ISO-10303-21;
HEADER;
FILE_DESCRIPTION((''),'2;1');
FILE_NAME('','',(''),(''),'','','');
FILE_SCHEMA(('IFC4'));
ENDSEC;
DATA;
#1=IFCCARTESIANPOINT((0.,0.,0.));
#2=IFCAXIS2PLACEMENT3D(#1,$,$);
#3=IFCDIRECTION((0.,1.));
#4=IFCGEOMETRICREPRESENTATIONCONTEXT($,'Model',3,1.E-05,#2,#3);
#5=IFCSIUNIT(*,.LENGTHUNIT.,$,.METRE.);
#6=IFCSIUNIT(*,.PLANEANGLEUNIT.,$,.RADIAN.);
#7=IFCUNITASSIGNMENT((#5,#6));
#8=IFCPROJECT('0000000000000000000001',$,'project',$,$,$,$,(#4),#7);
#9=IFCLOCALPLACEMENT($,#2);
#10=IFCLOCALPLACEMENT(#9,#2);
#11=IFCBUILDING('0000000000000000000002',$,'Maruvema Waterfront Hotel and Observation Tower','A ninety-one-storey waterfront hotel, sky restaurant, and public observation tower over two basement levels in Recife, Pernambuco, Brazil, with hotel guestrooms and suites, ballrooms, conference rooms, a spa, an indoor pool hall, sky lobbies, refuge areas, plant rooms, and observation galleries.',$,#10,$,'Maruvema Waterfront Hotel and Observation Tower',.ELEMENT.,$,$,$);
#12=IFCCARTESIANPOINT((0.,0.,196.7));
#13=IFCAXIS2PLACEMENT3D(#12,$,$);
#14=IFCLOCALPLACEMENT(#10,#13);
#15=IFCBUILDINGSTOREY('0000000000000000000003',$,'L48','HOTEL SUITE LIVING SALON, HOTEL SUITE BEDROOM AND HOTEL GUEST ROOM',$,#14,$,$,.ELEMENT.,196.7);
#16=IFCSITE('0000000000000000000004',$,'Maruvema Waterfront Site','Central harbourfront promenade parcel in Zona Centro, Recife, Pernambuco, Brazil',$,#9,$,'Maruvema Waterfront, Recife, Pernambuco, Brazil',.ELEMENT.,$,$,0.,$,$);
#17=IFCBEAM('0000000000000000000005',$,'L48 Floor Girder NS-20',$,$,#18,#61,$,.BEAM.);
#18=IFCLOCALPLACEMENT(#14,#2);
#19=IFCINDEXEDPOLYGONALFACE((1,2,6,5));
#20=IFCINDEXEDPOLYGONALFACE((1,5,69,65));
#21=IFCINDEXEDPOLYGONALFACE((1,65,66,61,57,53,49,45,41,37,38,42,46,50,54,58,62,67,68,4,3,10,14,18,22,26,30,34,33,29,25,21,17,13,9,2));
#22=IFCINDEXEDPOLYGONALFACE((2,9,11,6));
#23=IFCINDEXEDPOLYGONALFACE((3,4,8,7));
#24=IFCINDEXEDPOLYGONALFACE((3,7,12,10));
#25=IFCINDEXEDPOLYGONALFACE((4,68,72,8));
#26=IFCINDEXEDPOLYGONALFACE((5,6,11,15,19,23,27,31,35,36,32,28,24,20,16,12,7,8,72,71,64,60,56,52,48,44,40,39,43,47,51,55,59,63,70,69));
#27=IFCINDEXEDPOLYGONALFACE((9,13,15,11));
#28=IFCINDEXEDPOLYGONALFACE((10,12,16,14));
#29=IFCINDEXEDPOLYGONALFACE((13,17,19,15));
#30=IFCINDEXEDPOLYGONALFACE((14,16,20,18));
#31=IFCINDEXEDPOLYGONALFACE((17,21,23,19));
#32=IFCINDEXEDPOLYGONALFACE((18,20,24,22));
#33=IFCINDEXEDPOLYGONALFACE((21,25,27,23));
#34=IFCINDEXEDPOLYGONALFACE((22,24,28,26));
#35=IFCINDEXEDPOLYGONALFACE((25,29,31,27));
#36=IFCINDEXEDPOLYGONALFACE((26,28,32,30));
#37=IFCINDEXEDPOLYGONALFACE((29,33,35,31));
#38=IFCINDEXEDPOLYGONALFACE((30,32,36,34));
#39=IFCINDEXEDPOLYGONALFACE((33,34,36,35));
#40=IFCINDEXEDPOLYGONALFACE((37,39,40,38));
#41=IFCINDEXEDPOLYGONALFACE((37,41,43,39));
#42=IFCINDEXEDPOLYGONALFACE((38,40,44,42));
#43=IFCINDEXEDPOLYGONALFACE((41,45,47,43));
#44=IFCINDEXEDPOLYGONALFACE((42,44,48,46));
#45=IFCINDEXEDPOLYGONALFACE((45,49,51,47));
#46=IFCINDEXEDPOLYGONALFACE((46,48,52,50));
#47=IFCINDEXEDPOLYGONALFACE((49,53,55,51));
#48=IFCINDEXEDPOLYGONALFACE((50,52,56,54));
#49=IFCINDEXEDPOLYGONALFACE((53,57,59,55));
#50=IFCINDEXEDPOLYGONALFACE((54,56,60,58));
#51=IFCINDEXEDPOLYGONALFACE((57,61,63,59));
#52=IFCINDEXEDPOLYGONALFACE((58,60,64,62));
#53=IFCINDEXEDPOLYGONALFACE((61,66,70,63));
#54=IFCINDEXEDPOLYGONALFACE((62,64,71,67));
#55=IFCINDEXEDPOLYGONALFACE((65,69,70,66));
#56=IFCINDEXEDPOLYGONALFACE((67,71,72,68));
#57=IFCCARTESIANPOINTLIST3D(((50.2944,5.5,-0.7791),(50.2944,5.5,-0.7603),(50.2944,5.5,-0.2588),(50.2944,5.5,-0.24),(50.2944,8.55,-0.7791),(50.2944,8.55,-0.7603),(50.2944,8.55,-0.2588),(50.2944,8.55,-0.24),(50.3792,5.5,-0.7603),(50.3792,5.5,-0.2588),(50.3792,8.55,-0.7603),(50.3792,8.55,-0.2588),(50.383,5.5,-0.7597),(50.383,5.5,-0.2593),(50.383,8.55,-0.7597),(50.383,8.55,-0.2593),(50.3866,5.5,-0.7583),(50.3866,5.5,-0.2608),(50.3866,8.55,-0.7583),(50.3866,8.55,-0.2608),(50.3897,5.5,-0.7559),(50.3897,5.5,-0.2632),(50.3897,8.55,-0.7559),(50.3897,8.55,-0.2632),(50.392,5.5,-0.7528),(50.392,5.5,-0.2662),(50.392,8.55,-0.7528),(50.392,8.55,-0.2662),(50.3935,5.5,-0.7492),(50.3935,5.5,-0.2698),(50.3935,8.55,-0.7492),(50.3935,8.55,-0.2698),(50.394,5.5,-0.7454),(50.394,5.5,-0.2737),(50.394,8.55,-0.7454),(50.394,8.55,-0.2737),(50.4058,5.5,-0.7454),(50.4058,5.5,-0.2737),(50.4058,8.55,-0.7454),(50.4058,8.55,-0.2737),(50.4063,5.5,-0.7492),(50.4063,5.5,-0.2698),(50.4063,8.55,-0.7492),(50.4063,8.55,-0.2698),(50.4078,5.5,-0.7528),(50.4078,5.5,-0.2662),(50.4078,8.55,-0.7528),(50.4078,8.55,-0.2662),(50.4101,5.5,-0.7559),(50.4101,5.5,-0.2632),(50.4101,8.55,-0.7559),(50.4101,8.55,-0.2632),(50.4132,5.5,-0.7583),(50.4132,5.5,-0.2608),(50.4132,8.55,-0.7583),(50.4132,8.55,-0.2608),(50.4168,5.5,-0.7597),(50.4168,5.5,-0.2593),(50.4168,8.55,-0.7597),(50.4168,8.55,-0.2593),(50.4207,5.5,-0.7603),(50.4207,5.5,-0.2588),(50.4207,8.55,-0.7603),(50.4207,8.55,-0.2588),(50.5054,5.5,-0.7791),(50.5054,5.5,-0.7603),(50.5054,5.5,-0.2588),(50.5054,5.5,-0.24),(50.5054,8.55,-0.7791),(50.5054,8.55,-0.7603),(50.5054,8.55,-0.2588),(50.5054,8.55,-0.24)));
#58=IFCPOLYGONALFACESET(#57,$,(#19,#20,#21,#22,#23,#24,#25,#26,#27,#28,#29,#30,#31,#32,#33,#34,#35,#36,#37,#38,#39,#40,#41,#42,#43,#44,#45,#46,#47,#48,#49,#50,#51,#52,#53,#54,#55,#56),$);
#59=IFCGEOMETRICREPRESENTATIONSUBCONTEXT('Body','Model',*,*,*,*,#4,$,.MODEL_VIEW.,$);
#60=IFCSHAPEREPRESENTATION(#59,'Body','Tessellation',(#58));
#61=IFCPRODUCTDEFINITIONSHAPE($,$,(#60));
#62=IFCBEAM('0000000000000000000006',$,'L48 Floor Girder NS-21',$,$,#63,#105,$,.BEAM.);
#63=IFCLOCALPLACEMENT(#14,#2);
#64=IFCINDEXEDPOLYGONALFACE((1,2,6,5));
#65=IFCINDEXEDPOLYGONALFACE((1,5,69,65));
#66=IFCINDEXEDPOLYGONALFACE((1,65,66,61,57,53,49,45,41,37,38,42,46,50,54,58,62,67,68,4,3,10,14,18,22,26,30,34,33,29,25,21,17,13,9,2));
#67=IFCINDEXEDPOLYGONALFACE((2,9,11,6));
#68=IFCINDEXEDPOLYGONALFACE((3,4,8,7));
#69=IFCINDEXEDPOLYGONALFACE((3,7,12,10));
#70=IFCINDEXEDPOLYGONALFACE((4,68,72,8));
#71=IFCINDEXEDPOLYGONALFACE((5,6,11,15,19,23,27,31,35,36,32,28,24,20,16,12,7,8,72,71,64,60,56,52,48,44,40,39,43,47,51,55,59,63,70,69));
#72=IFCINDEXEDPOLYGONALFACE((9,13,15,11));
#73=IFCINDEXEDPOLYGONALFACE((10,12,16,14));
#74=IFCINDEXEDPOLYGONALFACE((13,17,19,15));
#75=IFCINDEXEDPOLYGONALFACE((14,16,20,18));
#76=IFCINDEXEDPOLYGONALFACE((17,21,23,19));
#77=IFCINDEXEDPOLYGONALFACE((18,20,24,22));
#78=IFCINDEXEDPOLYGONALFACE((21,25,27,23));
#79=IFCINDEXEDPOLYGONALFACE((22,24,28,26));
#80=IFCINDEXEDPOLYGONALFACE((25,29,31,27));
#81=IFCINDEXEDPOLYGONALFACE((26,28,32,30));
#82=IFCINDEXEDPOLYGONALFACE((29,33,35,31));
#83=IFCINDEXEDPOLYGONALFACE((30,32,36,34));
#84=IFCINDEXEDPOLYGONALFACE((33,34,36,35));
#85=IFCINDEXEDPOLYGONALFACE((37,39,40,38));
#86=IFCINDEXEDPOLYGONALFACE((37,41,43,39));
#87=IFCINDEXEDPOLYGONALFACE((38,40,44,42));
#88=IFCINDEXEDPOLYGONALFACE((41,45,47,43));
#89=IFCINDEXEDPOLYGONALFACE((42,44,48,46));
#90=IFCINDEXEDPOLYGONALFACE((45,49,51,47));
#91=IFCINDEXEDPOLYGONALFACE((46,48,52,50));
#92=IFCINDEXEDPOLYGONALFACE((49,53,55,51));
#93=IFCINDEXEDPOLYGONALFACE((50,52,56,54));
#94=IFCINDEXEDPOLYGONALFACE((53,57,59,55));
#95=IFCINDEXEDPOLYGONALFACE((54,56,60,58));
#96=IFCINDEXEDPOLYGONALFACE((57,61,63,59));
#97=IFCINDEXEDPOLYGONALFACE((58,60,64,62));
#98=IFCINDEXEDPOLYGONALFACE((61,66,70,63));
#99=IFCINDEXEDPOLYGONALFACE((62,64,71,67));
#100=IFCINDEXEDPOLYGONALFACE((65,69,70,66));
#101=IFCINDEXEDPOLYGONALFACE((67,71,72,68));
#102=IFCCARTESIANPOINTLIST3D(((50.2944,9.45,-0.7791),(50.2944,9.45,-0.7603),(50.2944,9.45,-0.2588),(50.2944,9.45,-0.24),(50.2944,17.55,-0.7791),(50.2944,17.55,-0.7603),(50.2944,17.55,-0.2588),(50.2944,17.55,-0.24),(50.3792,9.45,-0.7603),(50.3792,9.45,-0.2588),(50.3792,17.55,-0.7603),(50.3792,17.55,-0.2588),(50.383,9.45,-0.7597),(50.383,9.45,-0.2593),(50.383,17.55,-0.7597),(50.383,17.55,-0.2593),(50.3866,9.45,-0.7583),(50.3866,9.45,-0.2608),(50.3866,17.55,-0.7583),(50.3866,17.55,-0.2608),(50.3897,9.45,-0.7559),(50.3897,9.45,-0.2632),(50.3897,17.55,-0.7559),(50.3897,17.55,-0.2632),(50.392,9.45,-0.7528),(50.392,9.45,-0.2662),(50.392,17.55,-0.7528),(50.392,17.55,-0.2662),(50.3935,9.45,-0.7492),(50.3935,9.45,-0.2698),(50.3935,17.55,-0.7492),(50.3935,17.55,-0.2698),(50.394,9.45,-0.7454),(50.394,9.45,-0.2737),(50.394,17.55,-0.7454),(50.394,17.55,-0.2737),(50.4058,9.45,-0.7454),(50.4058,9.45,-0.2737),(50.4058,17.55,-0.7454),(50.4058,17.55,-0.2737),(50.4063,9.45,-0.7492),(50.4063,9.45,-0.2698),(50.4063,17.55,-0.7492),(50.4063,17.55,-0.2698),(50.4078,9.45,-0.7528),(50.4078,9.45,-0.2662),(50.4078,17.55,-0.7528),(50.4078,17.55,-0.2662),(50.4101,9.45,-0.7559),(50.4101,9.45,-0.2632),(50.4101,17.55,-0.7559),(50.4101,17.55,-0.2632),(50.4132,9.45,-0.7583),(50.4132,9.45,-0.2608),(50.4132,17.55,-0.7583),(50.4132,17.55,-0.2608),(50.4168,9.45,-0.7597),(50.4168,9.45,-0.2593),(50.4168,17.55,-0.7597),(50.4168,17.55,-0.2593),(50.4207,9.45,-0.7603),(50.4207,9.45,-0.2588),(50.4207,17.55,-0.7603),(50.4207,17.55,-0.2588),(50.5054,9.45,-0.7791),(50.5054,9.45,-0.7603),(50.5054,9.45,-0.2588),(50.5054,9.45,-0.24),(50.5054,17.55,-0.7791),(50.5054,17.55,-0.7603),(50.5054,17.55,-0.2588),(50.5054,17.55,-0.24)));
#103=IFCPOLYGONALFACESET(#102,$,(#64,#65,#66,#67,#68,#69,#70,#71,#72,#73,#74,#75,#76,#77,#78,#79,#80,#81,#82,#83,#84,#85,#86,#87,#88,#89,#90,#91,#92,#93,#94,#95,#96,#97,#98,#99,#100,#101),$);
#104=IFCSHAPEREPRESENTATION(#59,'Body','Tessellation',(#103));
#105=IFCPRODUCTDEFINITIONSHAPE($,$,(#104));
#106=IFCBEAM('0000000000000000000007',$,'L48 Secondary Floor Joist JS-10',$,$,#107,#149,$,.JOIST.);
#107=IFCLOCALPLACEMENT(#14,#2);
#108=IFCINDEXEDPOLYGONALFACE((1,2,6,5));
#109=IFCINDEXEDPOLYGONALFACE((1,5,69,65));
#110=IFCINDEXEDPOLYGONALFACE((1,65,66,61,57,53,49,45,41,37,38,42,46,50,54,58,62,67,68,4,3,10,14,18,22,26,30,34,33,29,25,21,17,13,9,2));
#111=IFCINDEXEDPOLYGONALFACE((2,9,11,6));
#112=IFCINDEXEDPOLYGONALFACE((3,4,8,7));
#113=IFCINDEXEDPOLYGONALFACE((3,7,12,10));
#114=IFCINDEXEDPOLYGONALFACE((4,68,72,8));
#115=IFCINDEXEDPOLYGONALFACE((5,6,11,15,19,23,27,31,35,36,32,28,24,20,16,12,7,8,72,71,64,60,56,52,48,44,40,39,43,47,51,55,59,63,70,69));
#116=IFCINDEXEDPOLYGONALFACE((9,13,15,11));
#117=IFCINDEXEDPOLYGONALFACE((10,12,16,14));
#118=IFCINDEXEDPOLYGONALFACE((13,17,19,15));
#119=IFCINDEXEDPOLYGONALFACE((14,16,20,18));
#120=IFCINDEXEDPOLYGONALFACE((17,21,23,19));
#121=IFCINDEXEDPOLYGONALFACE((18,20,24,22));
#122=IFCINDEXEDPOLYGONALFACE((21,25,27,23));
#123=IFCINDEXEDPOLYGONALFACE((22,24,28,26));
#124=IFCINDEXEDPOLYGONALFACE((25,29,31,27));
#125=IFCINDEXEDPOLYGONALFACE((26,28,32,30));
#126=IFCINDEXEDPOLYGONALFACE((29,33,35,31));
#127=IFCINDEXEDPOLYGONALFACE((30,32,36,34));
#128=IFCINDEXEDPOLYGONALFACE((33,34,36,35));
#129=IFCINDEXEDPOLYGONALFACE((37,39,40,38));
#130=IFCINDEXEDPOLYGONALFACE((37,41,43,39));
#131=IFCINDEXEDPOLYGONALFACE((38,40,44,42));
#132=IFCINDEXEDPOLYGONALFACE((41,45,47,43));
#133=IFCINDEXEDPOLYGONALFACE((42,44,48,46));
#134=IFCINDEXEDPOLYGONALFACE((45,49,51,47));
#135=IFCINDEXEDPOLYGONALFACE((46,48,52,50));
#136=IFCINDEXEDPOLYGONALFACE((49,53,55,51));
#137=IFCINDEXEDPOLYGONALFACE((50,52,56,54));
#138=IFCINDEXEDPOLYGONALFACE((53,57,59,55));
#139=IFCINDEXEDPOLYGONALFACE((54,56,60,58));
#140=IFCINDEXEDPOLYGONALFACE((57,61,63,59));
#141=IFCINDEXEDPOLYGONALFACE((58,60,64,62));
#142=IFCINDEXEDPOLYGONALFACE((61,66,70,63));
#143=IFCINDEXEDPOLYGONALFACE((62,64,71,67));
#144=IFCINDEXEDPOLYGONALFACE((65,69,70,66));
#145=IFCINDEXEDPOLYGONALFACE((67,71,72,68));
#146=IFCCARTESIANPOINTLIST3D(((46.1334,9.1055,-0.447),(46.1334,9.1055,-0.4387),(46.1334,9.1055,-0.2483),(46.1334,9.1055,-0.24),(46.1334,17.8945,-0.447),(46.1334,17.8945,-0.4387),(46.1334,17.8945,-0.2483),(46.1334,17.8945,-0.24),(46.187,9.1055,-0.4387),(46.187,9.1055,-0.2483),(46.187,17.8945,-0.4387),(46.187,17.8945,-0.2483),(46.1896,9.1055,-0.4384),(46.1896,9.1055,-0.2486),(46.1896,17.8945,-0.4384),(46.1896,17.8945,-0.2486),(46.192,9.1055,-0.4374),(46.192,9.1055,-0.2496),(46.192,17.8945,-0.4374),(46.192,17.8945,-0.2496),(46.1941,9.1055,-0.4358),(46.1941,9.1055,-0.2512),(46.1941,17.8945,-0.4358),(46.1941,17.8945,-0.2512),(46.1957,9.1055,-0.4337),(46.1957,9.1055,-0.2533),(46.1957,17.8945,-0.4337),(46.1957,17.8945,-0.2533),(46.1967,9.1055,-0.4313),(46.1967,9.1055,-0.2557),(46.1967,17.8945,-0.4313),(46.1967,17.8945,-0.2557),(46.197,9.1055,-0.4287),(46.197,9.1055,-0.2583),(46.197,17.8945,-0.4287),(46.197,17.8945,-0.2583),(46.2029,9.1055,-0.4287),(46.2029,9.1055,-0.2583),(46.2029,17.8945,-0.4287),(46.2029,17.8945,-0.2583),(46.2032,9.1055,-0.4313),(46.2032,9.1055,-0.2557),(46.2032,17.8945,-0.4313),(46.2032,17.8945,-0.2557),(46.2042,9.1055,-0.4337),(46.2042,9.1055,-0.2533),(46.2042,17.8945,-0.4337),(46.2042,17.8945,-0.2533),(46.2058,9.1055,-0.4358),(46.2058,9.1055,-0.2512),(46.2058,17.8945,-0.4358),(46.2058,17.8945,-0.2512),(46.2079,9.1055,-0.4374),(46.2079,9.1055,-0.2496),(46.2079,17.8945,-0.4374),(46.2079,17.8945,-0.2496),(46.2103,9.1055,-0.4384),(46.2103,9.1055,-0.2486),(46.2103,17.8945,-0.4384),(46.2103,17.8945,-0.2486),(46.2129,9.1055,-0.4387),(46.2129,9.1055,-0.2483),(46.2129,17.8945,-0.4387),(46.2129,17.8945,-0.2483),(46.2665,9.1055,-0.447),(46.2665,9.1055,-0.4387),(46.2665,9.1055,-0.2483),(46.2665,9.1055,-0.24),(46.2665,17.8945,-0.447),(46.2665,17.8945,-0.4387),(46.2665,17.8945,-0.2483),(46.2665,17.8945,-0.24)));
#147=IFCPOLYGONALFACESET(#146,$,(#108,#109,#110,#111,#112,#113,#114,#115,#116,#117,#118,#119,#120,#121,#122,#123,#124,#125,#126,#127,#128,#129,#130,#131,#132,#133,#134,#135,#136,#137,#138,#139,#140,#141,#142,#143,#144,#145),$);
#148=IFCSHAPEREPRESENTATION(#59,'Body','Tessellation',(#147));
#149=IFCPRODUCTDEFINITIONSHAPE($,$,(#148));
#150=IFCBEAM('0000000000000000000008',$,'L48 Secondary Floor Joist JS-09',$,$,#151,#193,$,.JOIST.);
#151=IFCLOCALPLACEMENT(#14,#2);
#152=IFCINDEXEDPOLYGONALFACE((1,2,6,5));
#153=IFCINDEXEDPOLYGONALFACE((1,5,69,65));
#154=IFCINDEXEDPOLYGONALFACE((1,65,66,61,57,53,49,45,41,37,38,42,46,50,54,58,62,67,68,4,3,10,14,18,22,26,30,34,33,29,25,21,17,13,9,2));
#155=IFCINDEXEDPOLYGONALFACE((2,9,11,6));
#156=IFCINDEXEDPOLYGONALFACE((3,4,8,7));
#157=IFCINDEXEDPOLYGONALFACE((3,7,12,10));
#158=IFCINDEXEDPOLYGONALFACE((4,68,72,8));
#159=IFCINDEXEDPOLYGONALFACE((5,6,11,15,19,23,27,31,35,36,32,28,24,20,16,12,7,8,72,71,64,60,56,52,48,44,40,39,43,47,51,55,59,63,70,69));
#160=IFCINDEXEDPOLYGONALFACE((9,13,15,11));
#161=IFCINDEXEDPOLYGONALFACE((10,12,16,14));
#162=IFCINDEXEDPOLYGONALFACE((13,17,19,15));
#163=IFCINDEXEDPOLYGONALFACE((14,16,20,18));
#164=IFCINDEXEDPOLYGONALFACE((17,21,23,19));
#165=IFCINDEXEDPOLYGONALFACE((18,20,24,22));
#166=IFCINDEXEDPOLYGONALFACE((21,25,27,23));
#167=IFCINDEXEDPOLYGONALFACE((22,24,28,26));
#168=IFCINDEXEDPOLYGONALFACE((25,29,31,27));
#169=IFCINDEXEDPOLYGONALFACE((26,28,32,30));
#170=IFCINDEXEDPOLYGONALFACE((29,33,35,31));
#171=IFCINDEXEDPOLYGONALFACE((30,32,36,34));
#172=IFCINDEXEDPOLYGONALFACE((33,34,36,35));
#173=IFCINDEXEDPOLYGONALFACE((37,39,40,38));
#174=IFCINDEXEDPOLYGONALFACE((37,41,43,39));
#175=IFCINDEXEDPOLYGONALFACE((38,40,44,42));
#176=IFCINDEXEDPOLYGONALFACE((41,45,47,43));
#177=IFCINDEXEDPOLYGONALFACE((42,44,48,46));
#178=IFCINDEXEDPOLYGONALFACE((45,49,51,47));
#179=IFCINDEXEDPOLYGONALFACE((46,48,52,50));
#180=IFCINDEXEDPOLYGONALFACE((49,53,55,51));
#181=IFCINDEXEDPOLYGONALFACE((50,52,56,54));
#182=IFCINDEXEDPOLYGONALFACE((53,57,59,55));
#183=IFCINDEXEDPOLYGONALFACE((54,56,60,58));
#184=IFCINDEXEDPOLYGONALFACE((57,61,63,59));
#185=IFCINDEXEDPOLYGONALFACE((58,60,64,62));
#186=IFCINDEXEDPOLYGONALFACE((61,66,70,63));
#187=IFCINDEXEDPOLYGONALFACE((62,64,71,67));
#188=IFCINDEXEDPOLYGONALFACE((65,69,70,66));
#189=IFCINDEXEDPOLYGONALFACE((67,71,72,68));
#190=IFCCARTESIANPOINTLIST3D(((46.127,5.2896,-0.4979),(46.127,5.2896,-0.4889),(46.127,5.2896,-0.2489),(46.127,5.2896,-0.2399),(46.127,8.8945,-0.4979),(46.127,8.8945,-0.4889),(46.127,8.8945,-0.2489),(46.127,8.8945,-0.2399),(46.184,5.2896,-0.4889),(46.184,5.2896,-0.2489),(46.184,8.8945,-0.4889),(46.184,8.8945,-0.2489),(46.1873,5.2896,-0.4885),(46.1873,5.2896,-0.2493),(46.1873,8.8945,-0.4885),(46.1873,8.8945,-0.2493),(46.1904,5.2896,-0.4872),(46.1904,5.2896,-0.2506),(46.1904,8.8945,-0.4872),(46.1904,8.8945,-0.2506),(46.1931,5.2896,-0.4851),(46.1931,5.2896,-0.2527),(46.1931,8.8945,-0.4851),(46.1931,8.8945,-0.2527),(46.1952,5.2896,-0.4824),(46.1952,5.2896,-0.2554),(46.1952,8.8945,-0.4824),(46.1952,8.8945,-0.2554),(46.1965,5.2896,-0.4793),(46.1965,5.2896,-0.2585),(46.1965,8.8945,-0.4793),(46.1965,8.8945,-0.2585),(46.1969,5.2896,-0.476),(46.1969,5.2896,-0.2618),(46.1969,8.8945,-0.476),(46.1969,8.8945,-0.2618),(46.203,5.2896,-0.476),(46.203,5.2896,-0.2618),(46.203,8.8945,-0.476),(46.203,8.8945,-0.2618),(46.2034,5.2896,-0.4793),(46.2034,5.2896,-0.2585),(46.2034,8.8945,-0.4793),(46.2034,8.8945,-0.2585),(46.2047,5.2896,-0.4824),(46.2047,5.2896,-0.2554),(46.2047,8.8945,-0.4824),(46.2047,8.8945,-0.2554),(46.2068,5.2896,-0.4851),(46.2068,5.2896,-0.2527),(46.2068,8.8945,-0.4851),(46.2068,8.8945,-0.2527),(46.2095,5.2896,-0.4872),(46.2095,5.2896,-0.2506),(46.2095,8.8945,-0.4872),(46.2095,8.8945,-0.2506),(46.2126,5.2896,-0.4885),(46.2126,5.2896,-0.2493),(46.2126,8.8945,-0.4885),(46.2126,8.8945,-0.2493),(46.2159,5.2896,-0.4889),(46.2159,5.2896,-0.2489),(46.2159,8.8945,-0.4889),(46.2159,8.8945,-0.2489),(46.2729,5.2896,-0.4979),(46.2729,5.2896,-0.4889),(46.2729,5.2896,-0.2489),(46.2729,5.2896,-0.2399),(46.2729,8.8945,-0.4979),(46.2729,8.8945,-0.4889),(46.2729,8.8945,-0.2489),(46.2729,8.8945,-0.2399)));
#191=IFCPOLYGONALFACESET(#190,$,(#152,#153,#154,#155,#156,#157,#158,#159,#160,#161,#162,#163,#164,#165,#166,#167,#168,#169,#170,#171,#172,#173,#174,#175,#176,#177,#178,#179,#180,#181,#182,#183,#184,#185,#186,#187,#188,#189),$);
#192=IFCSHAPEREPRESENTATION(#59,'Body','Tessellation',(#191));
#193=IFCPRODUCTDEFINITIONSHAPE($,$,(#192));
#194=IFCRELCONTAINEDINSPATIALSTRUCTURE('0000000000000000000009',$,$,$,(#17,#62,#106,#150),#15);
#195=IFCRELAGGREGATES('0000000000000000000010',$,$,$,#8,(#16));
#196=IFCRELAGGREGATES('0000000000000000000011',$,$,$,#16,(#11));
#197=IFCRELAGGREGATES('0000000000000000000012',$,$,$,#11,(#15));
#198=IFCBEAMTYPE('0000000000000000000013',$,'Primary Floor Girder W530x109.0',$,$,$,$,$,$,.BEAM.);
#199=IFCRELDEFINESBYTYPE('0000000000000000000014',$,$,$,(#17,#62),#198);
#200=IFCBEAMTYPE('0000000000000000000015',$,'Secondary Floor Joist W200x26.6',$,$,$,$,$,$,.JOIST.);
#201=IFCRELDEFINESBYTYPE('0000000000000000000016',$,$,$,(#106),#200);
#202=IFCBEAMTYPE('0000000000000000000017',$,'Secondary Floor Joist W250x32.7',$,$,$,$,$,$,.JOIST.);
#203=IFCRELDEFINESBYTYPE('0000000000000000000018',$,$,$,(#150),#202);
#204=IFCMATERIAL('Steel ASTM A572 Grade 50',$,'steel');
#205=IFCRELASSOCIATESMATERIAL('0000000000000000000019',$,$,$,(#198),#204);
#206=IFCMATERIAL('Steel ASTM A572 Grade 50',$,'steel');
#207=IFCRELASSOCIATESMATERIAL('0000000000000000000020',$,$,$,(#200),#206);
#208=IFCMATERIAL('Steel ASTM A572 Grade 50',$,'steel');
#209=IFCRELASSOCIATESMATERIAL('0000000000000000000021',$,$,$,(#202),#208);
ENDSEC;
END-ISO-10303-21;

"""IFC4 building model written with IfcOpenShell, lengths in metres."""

from ifc_helpers import new_model, si_unit, direction, frame, origin, origin_2d, place, context, subcontext, project, spatial, i_section, extrude, material, material_profile, profile_set, type_object, element, save


model = new_model("IFC4")

# Units and contexts
model_context = context("Model", 3, precision=1e-05, world=origin(), true_north=direction((0.0, 1.0)))
body_context = subcontext(model_context, "Body", "Model", "MODEL_VIEW")
ifc_project = project(units=[si_unit("LENGTHUNIT", "METRE"), si_unit("PLANEANGLEUNIT", "RADIAN")], contexts=[model_context])

# Site, building, storey
site_placement = place(None, origin())
site = spatial("IfcSite", under=ifc_project, at=site_placement, Name="Maruvema Waterfront Site", Description="Central harbourfront promenade parcel in Zona Centro, Recife, Pernambuco, Brazil", LongName="Maruvema Waterfront, Recife, Pernambuco, Brazil", CompositionType="ELEMENT", RefElevation=0.0)
building_placement = place(site_placement, origin())
building = spatial("IfcBuilding", under=site, at=building_placement, Name="Maruvema Waterfront Hotel and Observation Tower", Description="A ninety-one-storey waterfront hotel, sky restaurant, and public observation tower over two basement levels in Recife, Pernambuco, Brazil, with hotel guestrooms and suites, ballrooms, conference rooms, a spa, an indoor pool hall, sky lobbies, refuge areas, plant rooms, and observation galleries.", LongName="Maruvema Waterfront Hotel and Observation Tower", CompositionType="ELEMENT")
storey_placement = place(building_placement, frame((0.0, 0.0, 196.7)))
storey = spatial("IfcBuildingStorey", under=building, at=storey_placement, Name="L48", Description="HOTEL SUITE LIVING SALON, HOTEL SUITE BEDROOM AND HOTEL GUEST ROOM", CompositionType="ELEMENT", Elevation=196.7)

# Beams
ifc_material_1 = material(Name="Steel ASTM A572 Grade 50", Category="steel")
ifc_material_profile_1 = material_profile(ifc_material_1, i_section(OverallWidth=0.2109, OverallDepth=0.5391, WebThickness=0.0117, FlangeThickness=0.0188, FilletRadius=0.0149, at=origin_2d()), Name="W530x109.0")
ifc_profile_set_1 = profile_set([ifc_material_profile_1], Name="Steel ASTM A572 Grade 50")
beam_type_1 = type_object("IfcBeamType", Name="Primary Floor Girder W530x109.0", PredefinedType="BEAM", material=ifc_profile_set_1)
beam_1_placement = place(storey_placement, frame((50.3999, 5.5, -0.5095), z_axis=(0.0, 1.0, 0.0), x_axis=(-1.0, 0.0, 0.0)))
element("IfcBeam", 1, at=beam_1_placement, inside=storey, type_object=beam_type_1, Name="L48 Floor Girder NS-20", PredefinedType="BEAM", context=body_context, shape_type="SweptSolid", body=[
    extrude(i_section(OverallWidth=0.2109, OverallDepth=0.5391, WebThickness=0.0117, FlangeThickness=0.0188, FilletRadius=0.0149, at=origin_2d()), origin(), (0.0, 0.0, 1.0), 3.05),
])
beam_2_placement = place(storey_placement, frame((50.3999, 9.45, -0.5095), z_axis=(0.0, 1.0, 0.0), x_axis=(-1.0, 0.0, 0.0)))
element("IfcBeam", 2, at=beam_2_placement, inside=storey, type_object=beam_type_1, Name="L48 Floor Girder NS-21", PredefinedType="BEAM", context=body_context, shape_type="SweptSolid", body=[
    extrude(i_section(OverallWidth=0.2109, OverallDepth=0.5391, WebThickness=0.0117, FlangeThickness=0.0188, FilletRadius=0.0149, at=origin_2d()), origin(), (0.0, 0.0, 1.0), 8.1001),
])
ifc_material_2 = material(Name="Steel ASTM A572 Grade 50", Category="steel")
ifc_material_profile_2 = material_profile(ifc_material_2, i_section(OverallWidth=0.1331, OverallDepth=0.207, WebThickness=0.0059, FlangeThickness=0.0083, FilletRadius=0.01, at=origin_2d()), Name="W200x26.6")
ifc_profile_set_2 = profile_set([ifc_material_profile_2], Name="Steel ASTM A572 Grade 50")
beam_type_2 = type_object("IfcBeamType", Name="Secondary Floor Joist W200x26.6", PredefinedType="JOIST", material=ifc_profile_set_2)
beam_3_placement = place(storey_placement, frame((46.2, 9.1055, -0.3435), z_axis=(0.0, 1.0, 0.0), x_axis=(-1.0, 0.0, 0.0)))
element("IfcBeam", 3, at=beam_3_placement, inside=storey, type_object=beam_type_2, Name="L48 Secondary Floor Joist JS-10", PredefinedType="JOIST", context=body_context, shape_type="SweptSolid", body=[
    extrude(i_section(OverallWidth=0.1331, OverallDepth=0.207, WebThickness=0.0059, FlangeThickness=0.0083, FilletRadius=0.01, at=origin_2d()), origin(), (0.0, 0.0, 1.0), 8.7891),
])
ifc_material_3 = material(Name="Steel ASTM A572 Grade 50", Category="steel")
ifc_material_profile_3 = material_profile(ifc_material_3, i_section(OverallWidth=0.146, OverallDepth=0.2581, WebThickness=0.0061, FlangeThickness=0.009, FilletRadius=0.0129, at=origin_2d()), Name="W250x32.7")
ifc_profile_set_3 = profile_set([ifc_material_profile_3], Name="Steel ASTM A572 Grade 50")
beam_type_3 = type_object("IfcBeamType", Name="Secondary Floor Joist W250x32.7", PredefinedType="JOIST", material=ifc_profile_set_3)
beam_4_placement = place(storey_placement, frame((46.2, 5.2896, -0.3689), z_axis=(0.0, 1.0, 0.0), x_axis=(-1.0, 0.0, 0.0)))
element("IfcBeam", 4, at=beam_4_placement, inside=storey, type_object=beam_type_3, Name="L48 Secondary Floor Joist JS-09", PredefinedType="JOIST", context=body_context, shape_type="SweptSolid", body=[
    extrude(i_section(OverallWidth=0.146, OverallDepth=0.2581, WebThickness=0.0061, FlangeThickness=0.009, FilletRadius=0.0129, at=origin_2d()), origin(), (0.0, 0.0, 1.0), 3.605),
])

save(model, "model.ifc")
